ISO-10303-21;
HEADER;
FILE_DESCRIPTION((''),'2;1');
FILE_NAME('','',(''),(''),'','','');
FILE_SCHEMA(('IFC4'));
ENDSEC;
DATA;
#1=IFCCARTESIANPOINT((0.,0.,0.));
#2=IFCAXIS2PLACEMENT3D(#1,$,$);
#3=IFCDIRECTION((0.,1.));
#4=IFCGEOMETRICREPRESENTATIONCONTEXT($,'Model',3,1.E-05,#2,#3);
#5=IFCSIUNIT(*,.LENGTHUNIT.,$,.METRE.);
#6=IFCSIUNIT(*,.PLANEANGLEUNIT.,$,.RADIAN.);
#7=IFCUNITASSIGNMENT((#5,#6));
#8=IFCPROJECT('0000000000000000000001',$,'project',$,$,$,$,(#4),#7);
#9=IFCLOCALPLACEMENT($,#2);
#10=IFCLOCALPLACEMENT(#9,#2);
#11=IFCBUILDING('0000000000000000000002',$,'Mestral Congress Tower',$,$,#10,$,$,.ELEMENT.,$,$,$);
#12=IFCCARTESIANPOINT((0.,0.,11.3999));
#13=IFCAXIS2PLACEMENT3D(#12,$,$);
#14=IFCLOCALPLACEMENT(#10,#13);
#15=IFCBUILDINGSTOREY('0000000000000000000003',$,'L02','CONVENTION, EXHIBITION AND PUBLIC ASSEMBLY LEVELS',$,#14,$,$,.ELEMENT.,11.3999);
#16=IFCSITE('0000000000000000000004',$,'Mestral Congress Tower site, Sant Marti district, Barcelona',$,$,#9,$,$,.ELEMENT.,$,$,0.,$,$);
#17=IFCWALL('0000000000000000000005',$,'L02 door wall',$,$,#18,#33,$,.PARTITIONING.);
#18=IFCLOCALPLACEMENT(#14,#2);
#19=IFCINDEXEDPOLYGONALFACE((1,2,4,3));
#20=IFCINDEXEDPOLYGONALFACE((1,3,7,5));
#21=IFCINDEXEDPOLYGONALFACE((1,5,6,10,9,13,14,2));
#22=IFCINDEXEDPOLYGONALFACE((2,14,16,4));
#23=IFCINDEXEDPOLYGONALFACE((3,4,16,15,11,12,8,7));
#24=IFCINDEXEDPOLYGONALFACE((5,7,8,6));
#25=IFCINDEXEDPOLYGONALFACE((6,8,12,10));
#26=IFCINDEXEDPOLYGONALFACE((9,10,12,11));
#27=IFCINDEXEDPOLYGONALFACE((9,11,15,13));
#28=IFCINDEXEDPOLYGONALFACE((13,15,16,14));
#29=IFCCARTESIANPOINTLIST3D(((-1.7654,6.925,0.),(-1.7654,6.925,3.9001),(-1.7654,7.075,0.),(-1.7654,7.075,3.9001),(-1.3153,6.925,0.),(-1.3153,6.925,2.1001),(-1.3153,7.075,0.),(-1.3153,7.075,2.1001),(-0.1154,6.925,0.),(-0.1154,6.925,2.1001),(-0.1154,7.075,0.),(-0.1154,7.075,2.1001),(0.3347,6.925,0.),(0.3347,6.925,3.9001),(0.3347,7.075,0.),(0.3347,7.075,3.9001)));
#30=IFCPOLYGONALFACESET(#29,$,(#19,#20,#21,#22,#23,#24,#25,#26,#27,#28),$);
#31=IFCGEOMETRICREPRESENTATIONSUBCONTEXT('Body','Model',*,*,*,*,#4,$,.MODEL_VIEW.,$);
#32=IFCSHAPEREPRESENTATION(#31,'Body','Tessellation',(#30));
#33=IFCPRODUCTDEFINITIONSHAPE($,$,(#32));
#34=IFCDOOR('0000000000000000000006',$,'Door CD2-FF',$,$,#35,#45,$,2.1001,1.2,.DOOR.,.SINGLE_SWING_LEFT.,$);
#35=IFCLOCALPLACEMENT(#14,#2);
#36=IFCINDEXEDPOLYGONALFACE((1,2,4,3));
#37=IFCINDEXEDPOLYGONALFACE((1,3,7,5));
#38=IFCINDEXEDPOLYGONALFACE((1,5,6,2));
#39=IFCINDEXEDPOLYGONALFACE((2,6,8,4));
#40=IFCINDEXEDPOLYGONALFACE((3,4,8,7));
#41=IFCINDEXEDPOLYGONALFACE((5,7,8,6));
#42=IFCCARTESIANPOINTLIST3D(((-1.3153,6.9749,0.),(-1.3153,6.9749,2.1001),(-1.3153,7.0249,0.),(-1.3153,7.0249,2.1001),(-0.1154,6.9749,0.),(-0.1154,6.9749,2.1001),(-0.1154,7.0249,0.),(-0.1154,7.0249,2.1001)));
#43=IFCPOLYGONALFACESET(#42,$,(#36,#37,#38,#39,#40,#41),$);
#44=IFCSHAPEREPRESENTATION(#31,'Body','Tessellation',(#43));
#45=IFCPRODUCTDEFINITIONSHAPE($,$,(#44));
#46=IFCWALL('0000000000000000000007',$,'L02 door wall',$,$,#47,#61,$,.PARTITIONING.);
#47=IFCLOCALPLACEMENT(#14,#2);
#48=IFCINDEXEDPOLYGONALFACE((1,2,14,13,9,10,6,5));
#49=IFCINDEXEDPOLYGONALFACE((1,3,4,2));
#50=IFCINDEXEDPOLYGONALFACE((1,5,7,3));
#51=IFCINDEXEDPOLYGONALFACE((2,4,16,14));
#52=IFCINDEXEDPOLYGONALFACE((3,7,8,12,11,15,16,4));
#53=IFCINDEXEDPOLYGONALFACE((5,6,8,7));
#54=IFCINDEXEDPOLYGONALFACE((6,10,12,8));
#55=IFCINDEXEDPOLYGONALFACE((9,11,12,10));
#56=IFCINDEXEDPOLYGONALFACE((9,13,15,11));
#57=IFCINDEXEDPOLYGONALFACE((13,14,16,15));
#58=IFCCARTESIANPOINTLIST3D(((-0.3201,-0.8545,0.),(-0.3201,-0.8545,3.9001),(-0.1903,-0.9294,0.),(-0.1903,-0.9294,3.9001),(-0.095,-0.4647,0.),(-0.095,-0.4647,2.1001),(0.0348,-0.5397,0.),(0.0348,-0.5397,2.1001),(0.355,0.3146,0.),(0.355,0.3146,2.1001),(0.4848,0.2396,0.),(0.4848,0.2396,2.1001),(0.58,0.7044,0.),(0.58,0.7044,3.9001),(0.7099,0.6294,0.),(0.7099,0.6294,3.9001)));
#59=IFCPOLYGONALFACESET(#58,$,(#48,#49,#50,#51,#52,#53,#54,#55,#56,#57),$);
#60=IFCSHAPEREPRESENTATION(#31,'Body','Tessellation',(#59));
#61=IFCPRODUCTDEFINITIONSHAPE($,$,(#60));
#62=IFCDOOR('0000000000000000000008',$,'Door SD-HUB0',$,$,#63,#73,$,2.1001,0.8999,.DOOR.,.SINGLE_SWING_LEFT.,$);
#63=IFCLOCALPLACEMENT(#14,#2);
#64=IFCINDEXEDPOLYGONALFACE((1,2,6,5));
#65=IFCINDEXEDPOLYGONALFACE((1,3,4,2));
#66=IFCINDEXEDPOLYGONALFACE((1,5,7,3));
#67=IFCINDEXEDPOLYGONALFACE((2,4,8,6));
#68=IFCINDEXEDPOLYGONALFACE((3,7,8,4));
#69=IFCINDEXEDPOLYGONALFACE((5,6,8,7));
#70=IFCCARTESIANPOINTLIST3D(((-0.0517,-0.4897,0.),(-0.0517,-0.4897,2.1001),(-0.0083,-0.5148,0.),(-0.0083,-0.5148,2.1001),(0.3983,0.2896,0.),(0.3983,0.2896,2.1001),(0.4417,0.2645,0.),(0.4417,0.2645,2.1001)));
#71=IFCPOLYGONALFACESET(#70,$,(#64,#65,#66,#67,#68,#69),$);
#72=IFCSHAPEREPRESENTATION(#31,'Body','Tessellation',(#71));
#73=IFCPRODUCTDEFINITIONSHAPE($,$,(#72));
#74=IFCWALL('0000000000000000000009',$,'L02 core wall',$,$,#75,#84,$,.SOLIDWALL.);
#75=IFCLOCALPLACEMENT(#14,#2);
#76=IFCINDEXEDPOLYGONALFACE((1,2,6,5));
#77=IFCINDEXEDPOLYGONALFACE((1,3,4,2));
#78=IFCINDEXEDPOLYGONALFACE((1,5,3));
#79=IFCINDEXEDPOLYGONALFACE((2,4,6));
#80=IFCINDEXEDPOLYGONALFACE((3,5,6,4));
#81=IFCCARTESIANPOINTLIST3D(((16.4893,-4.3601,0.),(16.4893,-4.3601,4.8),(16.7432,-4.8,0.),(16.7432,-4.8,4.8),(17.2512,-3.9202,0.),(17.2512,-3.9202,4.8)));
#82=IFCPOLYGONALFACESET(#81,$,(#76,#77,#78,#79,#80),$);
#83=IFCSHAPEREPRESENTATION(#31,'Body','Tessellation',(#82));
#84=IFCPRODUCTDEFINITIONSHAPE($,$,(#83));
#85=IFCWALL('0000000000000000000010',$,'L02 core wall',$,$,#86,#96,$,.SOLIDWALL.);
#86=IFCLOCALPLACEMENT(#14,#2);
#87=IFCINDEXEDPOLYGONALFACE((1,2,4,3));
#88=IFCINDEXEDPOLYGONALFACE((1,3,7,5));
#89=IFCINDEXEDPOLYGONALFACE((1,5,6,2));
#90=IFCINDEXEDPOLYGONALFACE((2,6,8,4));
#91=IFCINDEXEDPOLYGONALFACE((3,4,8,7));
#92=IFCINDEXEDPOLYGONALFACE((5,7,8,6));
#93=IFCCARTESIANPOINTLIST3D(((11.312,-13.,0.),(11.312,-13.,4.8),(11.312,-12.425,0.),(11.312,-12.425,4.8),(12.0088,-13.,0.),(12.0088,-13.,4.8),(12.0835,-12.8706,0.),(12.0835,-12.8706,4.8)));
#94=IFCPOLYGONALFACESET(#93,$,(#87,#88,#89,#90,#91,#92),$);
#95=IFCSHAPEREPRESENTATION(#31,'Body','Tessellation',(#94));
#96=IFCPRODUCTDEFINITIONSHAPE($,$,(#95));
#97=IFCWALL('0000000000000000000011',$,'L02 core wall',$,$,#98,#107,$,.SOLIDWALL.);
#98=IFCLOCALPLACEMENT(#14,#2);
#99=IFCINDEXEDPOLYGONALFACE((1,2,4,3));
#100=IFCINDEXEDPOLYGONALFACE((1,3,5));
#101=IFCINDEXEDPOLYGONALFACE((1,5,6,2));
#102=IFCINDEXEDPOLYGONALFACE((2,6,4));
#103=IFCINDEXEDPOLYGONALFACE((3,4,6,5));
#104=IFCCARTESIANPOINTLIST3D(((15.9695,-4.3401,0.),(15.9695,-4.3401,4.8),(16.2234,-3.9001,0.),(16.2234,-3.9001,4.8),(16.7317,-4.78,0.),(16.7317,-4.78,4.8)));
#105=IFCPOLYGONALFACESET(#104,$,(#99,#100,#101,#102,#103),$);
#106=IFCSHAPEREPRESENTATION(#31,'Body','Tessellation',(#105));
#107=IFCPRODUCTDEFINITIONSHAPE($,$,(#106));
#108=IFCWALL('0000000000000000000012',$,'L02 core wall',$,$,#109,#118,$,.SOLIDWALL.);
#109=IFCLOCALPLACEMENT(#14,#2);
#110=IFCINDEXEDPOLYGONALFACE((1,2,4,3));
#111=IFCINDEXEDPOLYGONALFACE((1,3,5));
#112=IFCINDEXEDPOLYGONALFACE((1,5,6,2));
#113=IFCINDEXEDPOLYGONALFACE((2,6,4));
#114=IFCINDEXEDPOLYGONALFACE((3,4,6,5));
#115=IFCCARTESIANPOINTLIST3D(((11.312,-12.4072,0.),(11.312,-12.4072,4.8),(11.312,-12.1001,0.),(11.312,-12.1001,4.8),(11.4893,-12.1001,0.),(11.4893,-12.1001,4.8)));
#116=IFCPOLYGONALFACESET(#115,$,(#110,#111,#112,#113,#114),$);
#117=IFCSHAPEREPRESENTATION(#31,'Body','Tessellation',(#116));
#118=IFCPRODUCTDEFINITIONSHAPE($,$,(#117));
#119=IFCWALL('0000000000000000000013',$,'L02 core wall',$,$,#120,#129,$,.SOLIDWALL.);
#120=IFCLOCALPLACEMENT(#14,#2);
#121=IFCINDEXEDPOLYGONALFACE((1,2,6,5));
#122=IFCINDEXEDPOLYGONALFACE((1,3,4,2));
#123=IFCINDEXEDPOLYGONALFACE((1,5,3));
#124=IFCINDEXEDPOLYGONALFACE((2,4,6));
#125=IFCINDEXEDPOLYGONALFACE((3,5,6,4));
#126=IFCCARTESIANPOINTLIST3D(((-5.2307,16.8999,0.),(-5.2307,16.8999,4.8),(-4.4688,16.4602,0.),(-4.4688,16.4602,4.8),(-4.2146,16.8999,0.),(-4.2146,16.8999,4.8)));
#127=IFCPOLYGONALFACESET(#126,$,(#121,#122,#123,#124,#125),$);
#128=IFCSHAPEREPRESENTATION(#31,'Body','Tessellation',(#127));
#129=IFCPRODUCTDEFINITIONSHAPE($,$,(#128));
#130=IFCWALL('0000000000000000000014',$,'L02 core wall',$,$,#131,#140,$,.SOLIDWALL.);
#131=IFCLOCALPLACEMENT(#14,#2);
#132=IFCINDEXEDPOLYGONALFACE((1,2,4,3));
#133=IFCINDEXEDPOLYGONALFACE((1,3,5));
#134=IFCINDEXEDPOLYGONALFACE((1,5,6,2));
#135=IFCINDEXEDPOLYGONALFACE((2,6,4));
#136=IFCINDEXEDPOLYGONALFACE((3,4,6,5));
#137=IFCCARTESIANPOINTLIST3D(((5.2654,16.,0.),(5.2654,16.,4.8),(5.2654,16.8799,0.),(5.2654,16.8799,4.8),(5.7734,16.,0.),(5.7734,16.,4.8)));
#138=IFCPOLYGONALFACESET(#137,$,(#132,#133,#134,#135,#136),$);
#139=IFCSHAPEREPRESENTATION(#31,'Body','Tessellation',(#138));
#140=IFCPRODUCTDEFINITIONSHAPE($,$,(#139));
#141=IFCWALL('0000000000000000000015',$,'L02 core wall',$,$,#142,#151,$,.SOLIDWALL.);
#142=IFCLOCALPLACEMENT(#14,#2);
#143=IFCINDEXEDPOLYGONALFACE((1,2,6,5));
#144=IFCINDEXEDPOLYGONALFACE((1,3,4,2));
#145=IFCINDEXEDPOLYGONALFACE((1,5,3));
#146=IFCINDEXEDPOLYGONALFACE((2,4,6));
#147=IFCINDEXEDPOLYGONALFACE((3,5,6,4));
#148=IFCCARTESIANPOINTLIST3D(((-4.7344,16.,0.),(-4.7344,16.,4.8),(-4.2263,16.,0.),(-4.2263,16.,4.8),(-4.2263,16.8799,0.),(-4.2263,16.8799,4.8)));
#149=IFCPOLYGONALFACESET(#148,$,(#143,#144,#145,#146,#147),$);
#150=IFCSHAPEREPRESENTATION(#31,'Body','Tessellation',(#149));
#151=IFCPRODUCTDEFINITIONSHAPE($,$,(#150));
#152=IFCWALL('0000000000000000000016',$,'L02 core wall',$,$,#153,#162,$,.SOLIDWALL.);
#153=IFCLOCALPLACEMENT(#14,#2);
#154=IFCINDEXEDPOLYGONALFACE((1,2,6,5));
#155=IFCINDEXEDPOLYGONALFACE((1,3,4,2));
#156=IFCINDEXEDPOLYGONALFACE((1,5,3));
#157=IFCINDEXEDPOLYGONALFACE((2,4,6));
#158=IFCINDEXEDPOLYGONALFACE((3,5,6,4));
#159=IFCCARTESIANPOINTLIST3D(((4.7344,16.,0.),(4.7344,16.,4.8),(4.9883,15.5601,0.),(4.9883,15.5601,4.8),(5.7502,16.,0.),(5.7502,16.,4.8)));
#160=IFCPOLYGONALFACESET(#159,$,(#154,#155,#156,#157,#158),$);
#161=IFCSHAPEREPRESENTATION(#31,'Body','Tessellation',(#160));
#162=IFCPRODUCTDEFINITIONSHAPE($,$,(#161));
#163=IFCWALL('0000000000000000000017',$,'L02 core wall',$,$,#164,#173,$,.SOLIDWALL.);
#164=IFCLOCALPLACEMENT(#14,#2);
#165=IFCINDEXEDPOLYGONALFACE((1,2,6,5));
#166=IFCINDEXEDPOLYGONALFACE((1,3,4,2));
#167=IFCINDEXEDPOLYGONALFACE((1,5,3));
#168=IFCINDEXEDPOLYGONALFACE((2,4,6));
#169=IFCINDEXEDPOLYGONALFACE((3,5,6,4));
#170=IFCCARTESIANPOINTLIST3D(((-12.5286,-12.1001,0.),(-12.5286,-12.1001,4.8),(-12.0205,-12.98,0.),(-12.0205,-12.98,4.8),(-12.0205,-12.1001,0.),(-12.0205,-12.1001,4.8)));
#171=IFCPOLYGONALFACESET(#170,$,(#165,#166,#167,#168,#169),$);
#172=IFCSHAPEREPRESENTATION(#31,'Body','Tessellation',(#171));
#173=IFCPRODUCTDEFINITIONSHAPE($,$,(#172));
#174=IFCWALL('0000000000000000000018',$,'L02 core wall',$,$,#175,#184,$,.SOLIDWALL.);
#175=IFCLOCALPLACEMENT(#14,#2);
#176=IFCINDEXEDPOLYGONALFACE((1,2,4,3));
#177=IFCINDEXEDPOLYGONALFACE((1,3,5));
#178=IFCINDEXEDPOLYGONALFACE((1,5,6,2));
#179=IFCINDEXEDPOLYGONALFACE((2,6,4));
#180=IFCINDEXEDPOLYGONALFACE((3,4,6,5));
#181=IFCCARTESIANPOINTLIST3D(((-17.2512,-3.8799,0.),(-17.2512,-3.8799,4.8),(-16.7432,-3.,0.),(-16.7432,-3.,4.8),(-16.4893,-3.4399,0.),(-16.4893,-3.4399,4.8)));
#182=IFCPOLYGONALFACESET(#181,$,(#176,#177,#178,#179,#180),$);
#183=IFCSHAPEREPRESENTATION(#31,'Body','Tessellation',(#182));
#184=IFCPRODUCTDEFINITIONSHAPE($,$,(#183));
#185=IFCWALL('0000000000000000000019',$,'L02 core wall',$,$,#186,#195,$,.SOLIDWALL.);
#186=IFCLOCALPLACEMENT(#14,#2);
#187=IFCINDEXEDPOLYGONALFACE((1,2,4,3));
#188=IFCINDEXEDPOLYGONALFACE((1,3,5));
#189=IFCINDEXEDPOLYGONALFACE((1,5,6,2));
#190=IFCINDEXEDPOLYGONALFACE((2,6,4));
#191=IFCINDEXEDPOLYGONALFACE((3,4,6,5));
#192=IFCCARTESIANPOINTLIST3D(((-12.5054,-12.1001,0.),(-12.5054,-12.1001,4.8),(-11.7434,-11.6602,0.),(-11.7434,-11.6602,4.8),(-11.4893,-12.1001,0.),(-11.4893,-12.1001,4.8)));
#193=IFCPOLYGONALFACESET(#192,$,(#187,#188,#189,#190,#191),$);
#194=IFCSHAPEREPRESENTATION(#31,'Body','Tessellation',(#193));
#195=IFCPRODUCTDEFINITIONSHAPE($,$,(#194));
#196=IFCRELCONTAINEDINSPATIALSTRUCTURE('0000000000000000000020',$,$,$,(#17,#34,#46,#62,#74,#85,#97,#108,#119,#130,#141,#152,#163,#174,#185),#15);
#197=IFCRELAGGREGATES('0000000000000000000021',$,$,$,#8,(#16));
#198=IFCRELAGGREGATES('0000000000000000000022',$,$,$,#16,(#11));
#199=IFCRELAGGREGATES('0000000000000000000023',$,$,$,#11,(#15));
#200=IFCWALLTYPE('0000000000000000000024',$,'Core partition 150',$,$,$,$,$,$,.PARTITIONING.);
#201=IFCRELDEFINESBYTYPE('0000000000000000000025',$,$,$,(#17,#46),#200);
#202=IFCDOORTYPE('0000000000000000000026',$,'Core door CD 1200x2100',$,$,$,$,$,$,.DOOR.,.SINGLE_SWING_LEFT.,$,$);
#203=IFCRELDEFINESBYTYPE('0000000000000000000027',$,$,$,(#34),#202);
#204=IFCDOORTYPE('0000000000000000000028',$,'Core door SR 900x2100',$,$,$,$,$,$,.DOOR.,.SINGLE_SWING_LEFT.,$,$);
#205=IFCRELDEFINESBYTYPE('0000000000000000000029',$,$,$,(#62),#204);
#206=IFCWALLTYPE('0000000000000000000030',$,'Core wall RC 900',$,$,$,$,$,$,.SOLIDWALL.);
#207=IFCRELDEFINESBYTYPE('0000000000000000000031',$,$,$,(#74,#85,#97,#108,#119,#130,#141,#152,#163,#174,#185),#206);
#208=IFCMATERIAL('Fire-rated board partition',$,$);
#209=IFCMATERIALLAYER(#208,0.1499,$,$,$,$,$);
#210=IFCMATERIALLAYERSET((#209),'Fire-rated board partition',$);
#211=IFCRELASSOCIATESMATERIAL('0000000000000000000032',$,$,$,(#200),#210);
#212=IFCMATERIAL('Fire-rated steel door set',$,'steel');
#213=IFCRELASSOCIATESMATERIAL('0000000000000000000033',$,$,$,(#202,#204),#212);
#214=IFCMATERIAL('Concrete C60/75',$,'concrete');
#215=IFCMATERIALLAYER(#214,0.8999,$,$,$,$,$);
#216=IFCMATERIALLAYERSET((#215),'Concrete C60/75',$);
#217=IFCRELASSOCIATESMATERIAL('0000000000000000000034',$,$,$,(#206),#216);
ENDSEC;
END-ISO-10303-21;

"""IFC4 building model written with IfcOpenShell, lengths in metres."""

from ifc_helpers import new_model, si_unit, direction, frame, frame_2d, origin, place, context, subcontext, project, spatial, polyline, rectangle, outline, extrude, material, layer, layer_set, type_object, element, fill, save


model = new_model("IFC4")

# Units and contexts
model_context = context("Model", 3, precision=1e-05, world=origin(), true_north=direction((0.0, 1.0)))
body_context = subcontext(model_context, "Body", "Model", "MODEL_VIEW")
ifc_project = project(units=[si_unit("LENGTHUNIT", "METRE"), si_unit("PLANEANGLEUNIT", "RADIAN")], contexts=[model_context])

# Site, building, storey
site_placement = place(None, origin())
site = spatial("IfcSite", under=ifc_project, at=site_placement, Name="Mestral Congress Tower site, Sant Marti district, Barcelona", CompositionType="ELEMENT", RefElevation=0.0)
building_placement = place(site_placement, origin())
building = spatial("IfcBuilding", under=site, at=building_placement, Name="Mestral Congress Tower", CompositionType="ELEMENT")
storey_placement = place(building_placement, frame((0.0, 0.0, 11.3999)))
storey = spatial("IfcBuildingStorey", under=building, at=storey_placement, Name="L02", Description="CONVENTION, EXHIBITION AND PUBLIC ASSEMBLY LEVELS", CompositionType="ELEMENT", Elevation=11.3999)

# Shared definitions
ifc_material_1 = material(Name="Concrete C60/75", Category="concrete")

# Shared definitions
placement_1 = place(storey_placement, origin())

# Walls, openings, doors
ifc_material_2 = material(Name="Fire-rated board partition")
ifc_layer_1 = layer(ifc_material_2, 0.1499)
ifc_layer_set_1 = layer_set([ifc_layer_1], Name="Fire-rated board partition")
wall_type_1 = type_object("IfcWallType", Name="Core partition 150", PredefinedType="PARTITIONING", material=ifc_layer_set_1)
wall_1_placement = place(storey_placement, frame((-1.7654, 7.0, 0.0), z_axis=(0.0, 0.0, 1.0), x_axis=(1.0, 0.0, 0.0)))
wall_1 = element("IfcWall", 1, at=wall_1_placement, inside=storey, type_object=wall_type_1, Name="L02 door wall", PredefinedType="PARTITIONING", context=body_context, shape_type="SweptSolid", body=[
    extrude(rectangle(XDim=2.1001, YDim=0.1499, at=frame_2d((1.05, 0.0))), origin(), (0.0, 0.0, 1.0), 3.9001),
])
opening_1_placement = place(wall_1_placement, frame((0.45, 0.0, 0.0)))
opening_1 = element("IfcOpeningElement", 2, at=opening_1_placement, cuts=wall_1, PredefinedType="OPENING", context=body_context, shape_type="SweptSolid", body=[
    extrude(rectangle(XDim=1.2, YDim=2.1001, at=frame_2d((0.6001, 1.05))), frame((0.0, 0.085, 0.0), z_axis=(0.0, -1.0, 0.0), x_axis=(1.0, 0.0, 0.0)), (0.0, 0.0, 1.0), 0.1699),
])
ifc_material_3 = material(Name="Fire-rated steel door set", Category="steel")
door_type_1 = type_object("IfcDoorType", Name="Core door CD 1200x2100", OperationType="SINGLE_SWING_LEFT", PredefinedType="DOOR", material=ifc_material_3)
door_1_placement = place(opening_1_placement, origin())
door_1 = element("IfcDoor", 3, at=door_1_placement, inside=storey, type_object=door_type_1, Name="Door CD2-FF", OperationType="SINGLE_SWING_LEFT", OverallHeight=2.1001, OverallWidth=1.2, PredefinedType="DOOR", context=body_context, shape_type="SweptSolid", body=[
    extrude(rectangle(XDim=1.2, YDim=2.1001, at=frame_2d((0.6001, 1.05))), frame((0.0, 0.0249, 0.0), z_axis=(0.0, -1.0, 0.0), x_axis=(1.0, 0.0, 0.0)), (0.0, 0.0, 1.0), 0.05),
])
fill(opening_1, door_1)
wall_2_placement = place(storey_placement, frame((-0.2551, -0.8918, 0.0), z_axis=(0.0, 0.0, 1.0), x_axis=(0.500063, 0.865989, 0.0)))
wall_2 = element("IfcWall", 4, at=wall_2_placement, inside=storey, type_object=wall_type_1, Name="L02 door wall", PredefinedType="PARTITIONING", context=body_context, shape_type="SweptSolid", body=[
    extrude(rectangle(XDim=1.8, YDim=0.1499, at=frame_2d((0.8999, 0.0))), origin(), (0.0, 0.0, 1.0), 3.9001),
])
opening_2_placement = place(wall_2_placement, frame((0.45, 0.0, 0.0)))
opening_2 = element("IfcOpeningElement", 5, at=opening_2_placement, cuts=wall_2, PredefinedType="OPENING", context=body_context, shape_type="SweptSolid", body=[
    extrude(rectangle(XDim=0.8999, YDim=2.1001, at=frame_2d((0.45, 1.05))), frame((0.0, 0.085, 0.0), z_axis=(0.0, -1.0, 0.0), x_axis=(1.0, 0.0, 0.0)), (0.0, 0.0, 1.0), 0.1699),
])
door_type_2 = type_object("IfcDoorType", Name="Core door SR 900x2100", OperationType="SINGLE_SWING_LEFT", PredefinedType="DOOR", material=ifc_material_3)
door_2_placement = place(opening_2_placement, origin())
door_2 = element("IfcDoor", 6, at=door_2_placement, inside=storey, type_object=door_type_2, Name="Door SD-HUB0", OperationType="SINGLE_SWING_LEFT", OverallHeight=2.1001, OverallWidth=0.8999, PredefinedType="DOOR", context=body_context, shape_type="SweptSolid", body=[
    extrude(rectangle(XDim=0.8999, YDim=2.1001, at=frame_2d((0.45, 1.05))), frame((0.0, 0.0249, 0.0), z_axis=(0.0, -1.0, 0.0), x_axis=(1.0, 0.0, 0.0)), (0.0, 0.0, 1.0), 0.05),
])
fill(opening_2, door_2)

# Walls
ifc_layer_2 = layer(ifc_material_1, 0.8999)
ifc_layer_set_2 = layer_set([ifc_layer_2], Name="Concrete C60/75")
wall_type_2 = type_object("IfcWallType", Name="Core wall RC 900", PredefinedType="SOLIDWALL", material=ifc_layer_set_2)
element("IfcWall", 7, at=placement_1, inside=storey, type_object=wall_type_2, Name="L02 core wall", PredefinedType="SOLIDWALL", context=body_context, shape_type="SweptSolid", body=[
    extrude(outline(polyline([(16.7432, -4.8), (16.4893, -4.3601), (17.2512, -3.9202), (16.7432, -4.8)])), origin(), (0.0, 0.0, 1.0), 4.8),
])
element("IfcWall", 8, at=placement_1, inside=storey, type_object=wall_type_2, Name="L02 core wall", PredefinedType="SOLIDWALL", context=body_context, shape_type="SweptSolid", body=[
    extrude(outline(polyline([(12.0088, -13.0), (11.312, -13.0), (11.312, -12.425), (12.0835, -12.8706), (12.0088, -13.0)])), origin(), (0.0, 0.0, 1.0), 4.8),
])
element("IfcWall", 9, at=placement_1, inside=storey, type_object=wall_type_2, Name="L02 core wall", PredefinedType="SOLIDWALL", context=body_context, shape_type="SweptSolid", body=[
    extrude(outline(polyline([(16.2234, -3.9001), (16.7317, -4.78), (15.9695, -4.3401), (16.2234, -3.9001)])), origin(), (0.0, 0.0, 1.0), 4.8),
])
element("IfcWall", 10, at=placement_1, inside=storey, type_object=wall_type_2, Name="L02 core wall", PredefinedType="SOLIDWALL", context=body_context, shape_type="SweptSolid", body=[
    extrude(outline(polyline([(11.4893, -12.1001), (11.312, -12.4072), (11.312, -12.1001), (11.4893, -12.1001)])), origin(), (0.0, 0.0, 1.0), 4.8),
])
element("IfcWall", 11, at=placement_1, inside=storey, type_object=wall_type_2, Name="L02 core wall", PredefinedType="SOLIDWALL", context=body_context, shape_type="SweptSolid", body=[
    extrude(outline(polyline([(-4.2146, 16.8999), (-4.4688, 16.4602), (-5.2307, 16.8999), (-4.2146, 16.8999)])), origin(), (0.0, 0.0, 1.0), 4.8),
])
element("IfcWall", 12, at=placement_1, inside=storey, type_object=wall_type_2, Name="L02 core wall", PredefinedType="SOLIDWALL", context=body_context, shape_type="SweptSolid", body=[
    extrude(outline(polyline([(5.2654, 16.0), (5.2654, 16.8799), (5.7734, 16.0), (5.2654, 16.0)])), origin(), (0.0, 0.0, 1.0), 4.8),
])
element("IfcWall", 13, at=placement_1, inside=storey, type_object=wall_type_2, Name="L02 core wall", PredefinedType="SOLIDWALL", context=body_context, shape_type="SweptSolid", body=[
    extrude(outline(polyline([(-4.7344, 16.0), (-4.2263, 16.8799), (-4.2263, 16.0), (-4.7344, 16.0)])), origin(), (0.0, 0.0, 1.0), 4.8),
])
element("IfcWall", 14, at=placement_1, inside=storey, type_object=wall_type_2, Name="L02 core wall", PredefinedType="SOLIDWALL", context=body_context, shape_type="SweptSolid", body=[
    extrude(outline(polyline([(4.7344, 16.0), (5.7502, 16.0), (4.9883, 15.5601), (4.7344, 16.0)])), origin(), (0.0, 0.0, 1.0), 4.8),
])
element("IfcWall", 15, at=placement_1, inside=storey, type_object=wall_type_2, Name="L02 core wall", PredefinedType="SOLIDWALL", context=body_context, shape_type="SweptSolid", body=[
    extrude(outline(polyline([(-12.5286, -12.1001), (-12.0205, -12.1001), (-12.0205, -12.98), (-12.5286, -12.1001)])), origin(), (0.0, 0.0, 1.0), 4.8),
])
element("IfcWall", 16, at=placement_1, inside=storey, type_object=wall_type_2, Name="L02 core wall", PredefinedType="SOLIDWALL", context=body_context, shape_type="SweptSolid", body=[
    extrude(outline(polyline([(-16.4893, -3.4399), (-17.2512, -3.8799), (-16.7432, -3.0), (-16.4893, -3.4399)])), origin(), (0.0, 0.0, 1.0), 4.8),
])
element("IfcWall", 17, at=placement_1, inside=storey, type_object=wall_type_2, Name="L02 core wall", PredefinedType="SOLIDWALL", context=body_context, shape_type="SweptSolid", body=[
    extrude(outline(polyline([(-11.4893, -12.1001), (-12.5054, -12.1001), (-11.7434, -11.6602), (-11.4893, -12.1001)])), origin(), (0.0, 0.0, 1.0), 4.8),
])

save(model, "model.ifc")
